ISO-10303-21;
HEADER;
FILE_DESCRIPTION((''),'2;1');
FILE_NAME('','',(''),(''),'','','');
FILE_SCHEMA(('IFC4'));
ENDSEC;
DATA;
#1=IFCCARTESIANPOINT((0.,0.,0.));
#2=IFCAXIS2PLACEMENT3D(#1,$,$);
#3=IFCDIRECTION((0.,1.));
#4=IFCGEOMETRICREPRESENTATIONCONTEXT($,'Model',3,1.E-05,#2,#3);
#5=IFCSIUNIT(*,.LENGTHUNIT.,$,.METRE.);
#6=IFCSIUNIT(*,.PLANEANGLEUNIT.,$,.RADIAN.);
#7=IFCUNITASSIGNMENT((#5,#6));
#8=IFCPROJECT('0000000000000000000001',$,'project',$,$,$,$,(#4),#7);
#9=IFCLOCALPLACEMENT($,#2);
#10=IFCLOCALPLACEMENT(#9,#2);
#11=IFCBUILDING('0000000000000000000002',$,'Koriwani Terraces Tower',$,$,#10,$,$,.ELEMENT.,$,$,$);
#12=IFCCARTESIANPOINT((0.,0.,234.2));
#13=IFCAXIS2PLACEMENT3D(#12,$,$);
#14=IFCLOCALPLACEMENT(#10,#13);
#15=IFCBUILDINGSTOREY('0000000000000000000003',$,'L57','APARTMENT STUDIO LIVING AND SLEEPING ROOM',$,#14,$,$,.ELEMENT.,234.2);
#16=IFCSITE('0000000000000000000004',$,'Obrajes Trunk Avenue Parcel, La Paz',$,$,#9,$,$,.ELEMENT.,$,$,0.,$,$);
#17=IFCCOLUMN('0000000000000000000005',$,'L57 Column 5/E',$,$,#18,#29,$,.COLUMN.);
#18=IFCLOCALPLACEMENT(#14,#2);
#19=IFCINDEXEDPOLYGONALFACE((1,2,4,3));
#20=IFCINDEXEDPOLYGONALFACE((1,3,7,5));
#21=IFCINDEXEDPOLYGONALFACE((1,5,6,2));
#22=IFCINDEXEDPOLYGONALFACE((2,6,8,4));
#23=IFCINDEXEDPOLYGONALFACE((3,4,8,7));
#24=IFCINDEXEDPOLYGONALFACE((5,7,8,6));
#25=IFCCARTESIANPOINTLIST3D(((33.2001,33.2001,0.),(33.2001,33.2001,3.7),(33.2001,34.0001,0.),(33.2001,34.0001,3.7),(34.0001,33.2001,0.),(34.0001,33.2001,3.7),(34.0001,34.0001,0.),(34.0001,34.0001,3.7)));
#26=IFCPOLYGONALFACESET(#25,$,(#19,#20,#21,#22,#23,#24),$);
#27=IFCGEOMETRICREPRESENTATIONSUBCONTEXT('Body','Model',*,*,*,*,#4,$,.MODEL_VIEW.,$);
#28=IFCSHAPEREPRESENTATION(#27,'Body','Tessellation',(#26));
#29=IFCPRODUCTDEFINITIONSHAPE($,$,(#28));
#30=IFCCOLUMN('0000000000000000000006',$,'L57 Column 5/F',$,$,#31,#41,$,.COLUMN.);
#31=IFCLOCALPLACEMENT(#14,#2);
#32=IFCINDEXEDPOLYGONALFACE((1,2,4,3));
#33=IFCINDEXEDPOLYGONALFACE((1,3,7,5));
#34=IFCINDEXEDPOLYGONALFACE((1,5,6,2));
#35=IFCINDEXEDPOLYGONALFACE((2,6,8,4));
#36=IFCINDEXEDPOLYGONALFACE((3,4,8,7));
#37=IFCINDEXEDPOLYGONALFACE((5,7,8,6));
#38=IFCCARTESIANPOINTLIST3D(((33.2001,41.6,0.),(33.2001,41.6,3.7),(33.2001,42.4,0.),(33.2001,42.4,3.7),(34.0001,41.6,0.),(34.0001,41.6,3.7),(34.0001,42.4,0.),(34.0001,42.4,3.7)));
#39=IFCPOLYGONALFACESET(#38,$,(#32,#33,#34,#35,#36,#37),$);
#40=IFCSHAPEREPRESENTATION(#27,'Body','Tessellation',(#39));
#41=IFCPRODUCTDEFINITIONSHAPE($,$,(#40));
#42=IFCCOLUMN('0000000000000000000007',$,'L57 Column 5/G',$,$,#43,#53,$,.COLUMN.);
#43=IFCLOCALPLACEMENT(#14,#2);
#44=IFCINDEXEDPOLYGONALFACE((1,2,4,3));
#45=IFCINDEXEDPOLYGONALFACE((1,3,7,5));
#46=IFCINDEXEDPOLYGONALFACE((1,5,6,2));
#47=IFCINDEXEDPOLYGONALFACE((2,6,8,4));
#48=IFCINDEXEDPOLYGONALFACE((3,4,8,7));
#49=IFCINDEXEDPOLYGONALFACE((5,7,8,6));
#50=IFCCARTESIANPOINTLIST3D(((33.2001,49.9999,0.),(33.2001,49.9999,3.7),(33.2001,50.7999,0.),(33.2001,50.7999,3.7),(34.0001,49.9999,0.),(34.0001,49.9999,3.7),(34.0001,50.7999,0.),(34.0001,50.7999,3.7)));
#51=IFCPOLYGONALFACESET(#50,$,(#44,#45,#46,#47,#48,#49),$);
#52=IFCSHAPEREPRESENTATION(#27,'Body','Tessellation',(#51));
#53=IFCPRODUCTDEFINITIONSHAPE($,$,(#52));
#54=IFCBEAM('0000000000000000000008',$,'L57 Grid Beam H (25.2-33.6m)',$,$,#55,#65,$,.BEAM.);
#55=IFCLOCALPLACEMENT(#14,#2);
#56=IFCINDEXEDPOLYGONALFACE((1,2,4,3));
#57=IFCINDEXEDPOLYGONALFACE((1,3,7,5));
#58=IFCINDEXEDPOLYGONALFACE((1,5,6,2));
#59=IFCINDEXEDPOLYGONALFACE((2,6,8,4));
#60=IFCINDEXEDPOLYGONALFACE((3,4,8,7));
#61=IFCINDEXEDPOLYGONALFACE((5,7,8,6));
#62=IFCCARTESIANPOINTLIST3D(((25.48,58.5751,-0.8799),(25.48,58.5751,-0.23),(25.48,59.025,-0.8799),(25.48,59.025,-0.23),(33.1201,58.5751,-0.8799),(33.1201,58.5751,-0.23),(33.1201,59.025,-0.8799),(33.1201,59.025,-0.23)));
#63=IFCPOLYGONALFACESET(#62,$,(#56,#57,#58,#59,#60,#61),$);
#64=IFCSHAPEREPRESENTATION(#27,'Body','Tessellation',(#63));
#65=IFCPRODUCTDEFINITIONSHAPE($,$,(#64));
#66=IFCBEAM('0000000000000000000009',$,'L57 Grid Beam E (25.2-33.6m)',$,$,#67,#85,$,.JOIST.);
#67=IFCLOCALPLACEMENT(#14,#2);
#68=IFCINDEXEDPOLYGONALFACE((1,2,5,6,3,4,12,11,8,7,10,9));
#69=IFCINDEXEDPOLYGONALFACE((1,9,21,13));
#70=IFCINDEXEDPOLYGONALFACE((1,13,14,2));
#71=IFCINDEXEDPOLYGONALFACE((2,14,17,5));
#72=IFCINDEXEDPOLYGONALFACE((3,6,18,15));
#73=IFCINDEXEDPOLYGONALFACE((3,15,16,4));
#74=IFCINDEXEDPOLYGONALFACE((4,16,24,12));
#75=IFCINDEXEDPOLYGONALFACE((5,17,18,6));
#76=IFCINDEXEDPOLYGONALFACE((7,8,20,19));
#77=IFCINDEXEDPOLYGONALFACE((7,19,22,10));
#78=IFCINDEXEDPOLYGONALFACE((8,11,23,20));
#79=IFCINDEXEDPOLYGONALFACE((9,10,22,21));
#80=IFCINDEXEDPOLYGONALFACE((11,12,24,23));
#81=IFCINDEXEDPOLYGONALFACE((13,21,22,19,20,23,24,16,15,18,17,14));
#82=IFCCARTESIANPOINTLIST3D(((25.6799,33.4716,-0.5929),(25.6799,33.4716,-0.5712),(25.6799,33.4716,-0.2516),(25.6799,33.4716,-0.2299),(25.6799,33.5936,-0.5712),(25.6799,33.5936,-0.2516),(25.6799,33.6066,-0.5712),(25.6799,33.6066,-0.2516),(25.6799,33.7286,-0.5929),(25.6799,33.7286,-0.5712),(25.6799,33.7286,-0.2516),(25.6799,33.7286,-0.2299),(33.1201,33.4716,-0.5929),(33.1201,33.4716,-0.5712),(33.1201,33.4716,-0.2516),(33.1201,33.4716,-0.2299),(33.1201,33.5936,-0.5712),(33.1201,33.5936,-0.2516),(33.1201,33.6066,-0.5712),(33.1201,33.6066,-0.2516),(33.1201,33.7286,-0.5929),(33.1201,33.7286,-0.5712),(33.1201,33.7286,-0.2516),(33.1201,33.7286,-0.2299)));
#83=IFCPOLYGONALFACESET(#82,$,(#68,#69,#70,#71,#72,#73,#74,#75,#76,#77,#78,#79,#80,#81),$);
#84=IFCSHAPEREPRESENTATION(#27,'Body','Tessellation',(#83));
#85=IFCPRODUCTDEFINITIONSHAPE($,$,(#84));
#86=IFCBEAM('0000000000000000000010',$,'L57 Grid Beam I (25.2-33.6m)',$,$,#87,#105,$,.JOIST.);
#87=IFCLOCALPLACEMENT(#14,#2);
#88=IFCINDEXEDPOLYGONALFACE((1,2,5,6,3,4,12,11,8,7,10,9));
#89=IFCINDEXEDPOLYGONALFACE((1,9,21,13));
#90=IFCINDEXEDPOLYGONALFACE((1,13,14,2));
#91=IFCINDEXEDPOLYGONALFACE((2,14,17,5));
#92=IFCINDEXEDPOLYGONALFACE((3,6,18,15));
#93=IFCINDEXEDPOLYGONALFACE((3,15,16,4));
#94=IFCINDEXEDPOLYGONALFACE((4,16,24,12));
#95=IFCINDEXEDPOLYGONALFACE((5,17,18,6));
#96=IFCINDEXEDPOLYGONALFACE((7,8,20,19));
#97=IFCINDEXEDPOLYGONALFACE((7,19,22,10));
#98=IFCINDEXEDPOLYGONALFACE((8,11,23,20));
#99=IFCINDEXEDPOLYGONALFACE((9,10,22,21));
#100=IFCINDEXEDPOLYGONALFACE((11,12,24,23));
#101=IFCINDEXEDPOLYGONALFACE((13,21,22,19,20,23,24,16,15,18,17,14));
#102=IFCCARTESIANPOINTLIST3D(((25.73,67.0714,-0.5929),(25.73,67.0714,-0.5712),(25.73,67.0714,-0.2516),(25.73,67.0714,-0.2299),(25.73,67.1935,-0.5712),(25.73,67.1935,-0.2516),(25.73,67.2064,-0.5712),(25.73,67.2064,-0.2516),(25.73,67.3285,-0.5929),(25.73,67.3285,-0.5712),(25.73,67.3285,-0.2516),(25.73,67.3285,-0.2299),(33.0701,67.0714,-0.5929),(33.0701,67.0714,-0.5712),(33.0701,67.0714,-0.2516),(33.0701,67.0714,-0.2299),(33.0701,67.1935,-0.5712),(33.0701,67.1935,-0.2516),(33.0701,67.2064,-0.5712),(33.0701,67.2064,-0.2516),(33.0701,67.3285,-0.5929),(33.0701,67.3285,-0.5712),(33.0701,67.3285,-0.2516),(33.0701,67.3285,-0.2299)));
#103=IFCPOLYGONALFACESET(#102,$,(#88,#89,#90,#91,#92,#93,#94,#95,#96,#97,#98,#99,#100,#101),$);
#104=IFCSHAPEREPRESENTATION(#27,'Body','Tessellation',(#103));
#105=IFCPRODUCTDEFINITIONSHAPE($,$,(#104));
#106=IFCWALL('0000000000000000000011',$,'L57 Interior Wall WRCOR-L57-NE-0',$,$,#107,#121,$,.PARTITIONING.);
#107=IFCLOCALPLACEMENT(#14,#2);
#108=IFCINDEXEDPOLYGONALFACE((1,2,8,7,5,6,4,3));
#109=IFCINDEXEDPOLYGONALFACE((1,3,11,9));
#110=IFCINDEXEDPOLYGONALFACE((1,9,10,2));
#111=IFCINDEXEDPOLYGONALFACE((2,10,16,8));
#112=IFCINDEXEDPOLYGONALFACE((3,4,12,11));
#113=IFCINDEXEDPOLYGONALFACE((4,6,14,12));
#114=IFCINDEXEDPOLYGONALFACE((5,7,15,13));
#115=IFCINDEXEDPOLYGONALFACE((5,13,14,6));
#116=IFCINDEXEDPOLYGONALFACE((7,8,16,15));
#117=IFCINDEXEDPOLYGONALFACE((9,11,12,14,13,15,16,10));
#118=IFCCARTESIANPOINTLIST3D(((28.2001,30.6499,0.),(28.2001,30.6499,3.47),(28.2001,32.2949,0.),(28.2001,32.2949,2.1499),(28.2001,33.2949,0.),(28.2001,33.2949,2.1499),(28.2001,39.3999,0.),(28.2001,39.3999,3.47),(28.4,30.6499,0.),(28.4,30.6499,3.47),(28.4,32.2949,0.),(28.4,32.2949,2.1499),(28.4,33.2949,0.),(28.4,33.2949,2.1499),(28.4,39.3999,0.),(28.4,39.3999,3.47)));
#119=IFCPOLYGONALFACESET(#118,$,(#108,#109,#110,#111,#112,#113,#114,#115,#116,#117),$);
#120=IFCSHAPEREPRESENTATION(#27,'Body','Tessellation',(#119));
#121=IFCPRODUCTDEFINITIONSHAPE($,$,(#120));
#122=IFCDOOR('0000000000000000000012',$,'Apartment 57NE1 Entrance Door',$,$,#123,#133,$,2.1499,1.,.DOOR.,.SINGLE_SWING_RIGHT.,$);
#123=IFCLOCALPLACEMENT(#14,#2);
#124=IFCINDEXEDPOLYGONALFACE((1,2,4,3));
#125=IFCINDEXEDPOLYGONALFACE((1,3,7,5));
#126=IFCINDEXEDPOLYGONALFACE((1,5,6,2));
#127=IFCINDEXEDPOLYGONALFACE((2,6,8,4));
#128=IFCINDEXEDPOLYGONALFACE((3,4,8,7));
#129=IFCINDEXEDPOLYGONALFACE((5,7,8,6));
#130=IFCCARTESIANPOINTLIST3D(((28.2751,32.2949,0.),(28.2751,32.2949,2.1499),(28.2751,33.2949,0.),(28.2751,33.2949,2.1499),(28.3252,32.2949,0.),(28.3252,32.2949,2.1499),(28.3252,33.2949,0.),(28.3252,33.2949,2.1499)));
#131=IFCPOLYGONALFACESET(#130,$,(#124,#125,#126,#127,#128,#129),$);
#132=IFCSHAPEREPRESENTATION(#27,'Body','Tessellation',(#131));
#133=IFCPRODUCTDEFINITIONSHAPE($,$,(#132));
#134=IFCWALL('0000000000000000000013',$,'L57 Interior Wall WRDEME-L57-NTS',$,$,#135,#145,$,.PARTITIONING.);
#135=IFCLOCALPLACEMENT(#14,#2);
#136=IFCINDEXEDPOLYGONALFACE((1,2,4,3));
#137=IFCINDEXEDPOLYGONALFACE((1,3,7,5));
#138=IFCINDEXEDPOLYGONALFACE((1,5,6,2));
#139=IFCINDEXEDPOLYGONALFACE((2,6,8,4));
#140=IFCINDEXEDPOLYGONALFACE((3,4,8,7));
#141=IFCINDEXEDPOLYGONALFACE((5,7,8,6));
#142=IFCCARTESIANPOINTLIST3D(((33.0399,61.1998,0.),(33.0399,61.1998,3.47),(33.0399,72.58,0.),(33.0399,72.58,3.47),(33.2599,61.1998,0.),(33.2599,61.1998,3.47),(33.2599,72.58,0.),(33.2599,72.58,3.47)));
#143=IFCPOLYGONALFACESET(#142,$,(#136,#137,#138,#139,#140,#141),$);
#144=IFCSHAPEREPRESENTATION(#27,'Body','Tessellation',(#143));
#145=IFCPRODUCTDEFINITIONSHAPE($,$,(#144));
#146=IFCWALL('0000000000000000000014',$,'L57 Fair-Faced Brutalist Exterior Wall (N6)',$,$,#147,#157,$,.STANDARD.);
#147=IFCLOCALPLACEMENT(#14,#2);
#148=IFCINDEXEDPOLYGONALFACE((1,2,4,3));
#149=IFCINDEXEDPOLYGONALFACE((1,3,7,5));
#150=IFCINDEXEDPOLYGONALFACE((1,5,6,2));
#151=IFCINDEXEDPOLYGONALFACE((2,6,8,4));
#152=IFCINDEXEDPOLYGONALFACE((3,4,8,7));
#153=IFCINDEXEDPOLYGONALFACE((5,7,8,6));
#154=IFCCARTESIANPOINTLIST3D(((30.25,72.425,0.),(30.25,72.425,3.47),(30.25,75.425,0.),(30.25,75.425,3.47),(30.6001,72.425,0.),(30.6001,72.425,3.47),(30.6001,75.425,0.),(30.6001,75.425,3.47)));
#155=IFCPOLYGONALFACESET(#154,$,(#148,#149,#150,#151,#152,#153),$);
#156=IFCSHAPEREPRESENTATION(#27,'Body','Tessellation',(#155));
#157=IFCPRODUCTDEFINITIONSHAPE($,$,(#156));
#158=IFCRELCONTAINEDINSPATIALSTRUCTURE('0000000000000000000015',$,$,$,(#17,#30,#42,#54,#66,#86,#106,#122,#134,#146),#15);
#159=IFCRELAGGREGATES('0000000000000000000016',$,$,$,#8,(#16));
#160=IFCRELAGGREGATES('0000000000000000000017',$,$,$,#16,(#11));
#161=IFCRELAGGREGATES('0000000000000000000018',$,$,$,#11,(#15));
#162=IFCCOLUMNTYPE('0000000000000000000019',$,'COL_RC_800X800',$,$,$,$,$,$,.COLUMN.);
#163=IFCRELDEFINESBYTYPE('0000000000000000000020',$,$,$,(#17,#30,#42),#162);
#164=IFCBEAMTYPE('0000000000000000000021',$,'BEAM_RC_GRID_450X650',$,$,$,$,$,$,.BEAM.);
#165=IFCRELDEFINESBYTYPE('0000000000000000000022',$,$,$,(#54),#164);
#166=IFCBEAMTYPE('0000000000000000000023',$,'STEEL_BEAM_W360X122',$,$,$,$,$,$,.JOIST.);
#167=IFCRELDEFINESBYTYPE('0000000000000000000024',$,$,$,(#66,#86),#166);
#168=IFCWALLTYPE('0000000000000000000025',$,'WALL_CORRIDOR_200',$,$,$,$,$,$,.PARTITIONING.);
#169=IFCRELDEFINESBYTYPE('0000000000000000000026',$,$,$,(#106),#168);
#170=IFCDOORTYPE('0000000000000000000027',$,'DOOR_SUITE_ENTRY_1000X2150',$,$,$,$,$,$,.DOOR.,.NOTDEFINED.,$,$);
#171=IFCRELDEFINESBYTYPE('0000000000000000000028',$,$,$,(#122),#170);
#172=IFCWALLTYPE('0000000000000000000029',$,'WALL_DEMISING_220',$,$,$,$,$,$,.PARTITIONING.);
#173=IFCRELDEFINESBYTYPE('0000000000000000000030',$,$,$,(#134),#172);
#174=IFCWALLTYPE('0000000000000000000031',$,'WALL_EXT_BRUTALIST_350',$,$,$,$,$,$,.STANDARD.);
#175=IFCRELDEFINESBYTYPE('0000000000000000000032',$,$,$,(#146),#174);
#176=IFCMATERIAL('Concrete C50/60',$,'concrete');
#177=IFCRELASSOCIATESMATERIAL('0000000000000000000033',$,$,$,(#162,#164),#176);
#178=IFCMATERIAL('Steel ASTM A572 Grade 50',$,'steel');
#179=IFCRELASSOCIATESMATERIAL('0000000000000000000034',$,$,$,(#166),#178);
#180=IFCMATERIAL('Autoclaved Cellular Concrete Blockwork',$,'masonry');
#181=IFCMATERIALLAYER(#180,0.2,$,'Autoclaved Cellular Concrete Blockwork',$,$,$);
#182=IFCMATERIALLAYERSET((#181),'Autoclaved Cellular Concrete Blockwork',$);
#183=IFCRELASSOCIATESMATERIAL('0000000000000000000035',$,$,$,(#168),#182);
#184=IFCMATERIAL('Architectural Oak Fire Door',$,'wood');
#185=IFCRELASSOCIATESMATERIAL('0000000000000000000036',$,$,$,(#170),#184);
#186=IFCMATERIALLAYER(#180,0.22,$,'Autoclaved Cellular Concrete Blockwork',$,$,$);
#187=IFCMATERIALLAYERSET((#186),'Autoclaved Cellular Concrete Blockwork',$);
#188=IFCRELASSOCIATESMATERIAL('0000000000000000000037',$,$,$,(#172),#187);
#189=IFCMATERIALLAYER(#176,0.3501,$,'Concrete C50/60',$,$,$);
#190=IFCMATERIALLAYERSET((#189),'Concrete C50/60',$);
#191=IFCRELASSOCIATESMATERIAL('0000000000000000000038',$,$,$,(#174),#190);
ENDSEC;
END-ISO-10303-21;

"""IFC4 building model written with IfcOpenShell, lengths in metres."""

from ifc_helpers import new_model, si_unit, direction, frame, frame_2d, origin, origin_2d, place, context, subcontext, project, spatial, rectangle, i_section, extrude, material, layer, layer_set, material_profile, profile_set, type_object, element, fill, save


model = new_model("IFC4")

# Units and contexts
model_context = context("Model", 3, precision=1e-05, world=origin(), true_north=direction((0.0, 1.0)))
body_context = subcontext(model_context, "Body", "Model", "MODEL_VIEW")
ifc_project = project(units=[si_unit("LENGTHUNIT", "METRE"), si_unit("PLANEANGLEUNIT", "RADIAN")], contexts=[model_context])

# Site, building, storey
site_placement = place(None, origin())
site = spatial("IfcSite", under=ifc_project, at=site_placement, Name="Obrajes Trunk Avenue Parcel, La Paz", CompositionType="ELEMENT", RefElevation=0.0)
building_placement = place(site_placement, origin())
building = spatial("IfcBuilding", under=site, at=building_placement, Name="Koriwani Terraces Tower", CompositionType="ELEMENT")
storey_placement = place(building_placement, frame((0.0, 0.0, 234.2)))
storey = spatial("IfcBuildingStorey", under=building, at=storey_placement, Name="L57", Description="APARTMENT STUDIO LIVING AND SLEEPING ROOM", CompositionType="ELEMENT", Elevation=234.2)

# Columns
ifc_material_1 = material(Name="Concrete C50/60", Category="concrete")
ifc_material_profile_1 = material_profile(ifc_material_1, rectangle(XDim=0.8, YDim=0.8, at=origin_2d()), Name="Concrete C50/60", Category="LoadBearing")
ifc_profile_set_1 = profile_set([ifc_material_profile_1], Name="Concrete C50/60")
column_type = type_object("IfcColumnType", Name="COL_RC_800X800", PredefinedType="COLUMN", material=ifc_profile_set_1)
for number, where, z_axis, x_axis, name in (
    (1, (33.6001, 33.6001, 0.0), (0.0, 0.0, 1.0), (1.0, 0.0, 0.0), "L57 Column 5/E"),
    (2, (33.6001, 42.0, 0.0), (0.0, 0.0, 1.0), (1.0, 0.0, 0.0), "L57 Column 5/F"),
    (3, (33.6001, 50.3999, 0.0), (0.0, 0.0, 1.0), (1.0, 0.0, 0.0), "L57 Column 5/G"),
):
    element("IfcColumn", number, at=place(storey_placement, frame(where, z_axis=z_axis, x_axis=x_axis)), inside=storey, type_object=column_type, Name=name, PredefinedType="COLUMN", context=body_context, shape_type="SweptSolid", body=[
        extrude(rectangle(XDim=0.8, YDim=0.8, at=origin_2d()), origin(), (0.0, 0.0, 1.0), 3.7),
    ])

# Beams
ifc_material_profile_2 = material_profile(ifc_material_1, rectangle(XDim=0.45, YDim=0.6499, at=origin_2d()), Name="Concrete C50/60", Category="LoadBearing")
ifc_profile_set_2 = profile_set([ifc_material_profile_2], Name="Concrete C50/60")
beam_type_1 = type_object("IfcBeamType", Name="BEAM_RC_GRID_450X650", PredefinedType="BEAM", material=ifc_profile_set_2)
beam_1_placement = place(storey_placement, frame((25.48, 58.8, -0.5549), z_axis=(1.0, 0.0, 0.0), x_axis=(0.0, 1.0, 0.0)))
element("IfcBeam", 4, at=beam_1_placement, inside=storey, type_object=beam_type_1, Name="L57 Grid Beam H (25.2-33.6m)", PredefinedType="BEAM", context=body_context, shape_type="SweptSolid", body=[
    extrude(rectangle(XDim=0.45, YDim=0.6499, at=origin_2d()), origin(), (0.0, 0.0, 1.0), 7.6401),
])
ifc_material_2 = material(Name="Steel ASTM A572 Grade 50", Category="steel")
ifc_material_profile_3 = material_profile(ifc_material_2, i_section(OverallWidth=0.2571, OverallDepth=0.363, WebThickness=0.0129, FlangeThickness=0.0217, at=origin_2d()), Name="Steel ASTM A572 Grade 50", Category="LoadBearing")
ifc_profile_set_3 = profile_set([ifc_material_profile_3], Name="Steel ASTM A572 Grade 50")
beam_type_2 = type_object("IfcBeamType", Name="STEEL_BEAM_W360X122", PredefinedType="JOIST", material=ifc_profile_set_3)
beam_2_placement = place(storey_placement, frame((25.6799, 33.6001, -0.4114), z_axis=(1.0, 0.0, 0.0), x_axis=(0.0, 1.0, 0.0)))
element("IfcBeam", 5, at=beam_2_placement, inside=storey, type_object=beam_type_2, Name="L57 Grid Beam E (25.2-33.6m)", PredefinedType="JOIST", context=body_context, shape_type="SweptSolid", body=[
    extrude(i_section(OverallWidth=0.2571, OverallDepth=0.363, WebThickness=0.0129, FlangeThickness=0.0217, at=origin_2d()), origin(), (0.0, 0.0, 1.0), 7.4402),
])
beam_3_placement = place(storey_placement, frame((25.73, 67.2, -0.4114), z_axis=(1.0, 0.0, 0.0), x_axis=(0.0, 1.0, 0.0)))
element("IfcBeam", 6, at=beam_3_placement, inside=storey, type_object=beam_type_2, Name="L57 Grid Beam I (25.2-33.6m)", PredefinedType="JOIST", context=body_context, shape_type="SweptSolid", body=[
    extrude(i_section(OverallWidth=0.2571, OverallDepth=0.363, WebThickness=0.0129, FlangeThickness=0.0217, at=origin_2d()), origin(), (0.0, 0.0, 1.0), 7.3401),
])

# Wall, opening, door
ifc_material_3 = material(Name="Autoclaved Cellular Concrete Blockwork", Category="masonry")
ifc_layer_1 = layer(ifc_material_3, 0.2, Name="Autoclaved Cellular Concrete Blockwork")
ifc_layer_set_1 = layer_set([ifc_layer_1], Name="Autoclaved Cellular Concrete Blockwork")
wall_type_1 = type_object("IfcWallType", Name="WALL_CORRIDOR_200", PredefinedType="PARTITIONING", material=ifc_layer_set_1)
wall_1_placement = place(storey_placement, frame((28.3, 30.6499, 0.0), z_axis=(0.0, 0.0, 1.0), x_axis=(0.0, 1.0, 0.0)))
wall_1 = element("IfcWall", 7, at=wall_1_placement, inside=storey, type_object=wall_type_1, Name="L57 Interior Wall WRCOR-L57-NE-0", PredefinedType="PARTITIONING", context=body_context, shape_type="SweptSolid", body=[
    extrude(rectangle(XDim=8.75, YDim=0.2, at=frame_2d((4.375, 0.0))), origin(), (0.0, 0.0, 1.0), 3.47),
])
opening_1_placement = place(wall_1_placement, frame((1.645, 0.0, 0.0)))
opening_1 = element("IfcOpeningElement", 8, at=opening_1_placement, cuts=wall_1, PredefinedType="OPENING", context=body_context, shape_type="SweptSolid", body=[
    extrude(rectangle(XDim=1.0, YDim=2.1499, at=frame_2d((0.5, 1.075))), frame((0.0, 0.1099, 0.0), z_axis=(0.0, -1.0, 0.0), x_axis=(1.0, 0.0, 0.0)), (0.0, 0.0, 1.0), 0.22),
])
ifc_material_4 = material(Name="Architectural Oak Fire Door", Category="wood")
door_type_1 = type_object("IfcDoorType", Name="DOOR_SUITE_ENTRY_1000X2150", OperationType="NOTDEFINED", PredefinedType="DOOR", material=ifc_material_4)
door_1_placement = place(opening_1_placement, origin())
door_1 = element("IfcDoor", 9, at=door_1_placement, inside=storey, type_object=door_type_1, Name="Apartment 57NE1 Entrance Door", OperationType="SINGLE_SWING_RIGHT", OverallHeight=2.1499, OverallWidth=1.0, PredefinedType="DOOR", context=body_context, shape_type="SweptSolid", body=[
    extrude(rectangle(XDim=1.0, YDim=2.1499, at=frame_2d((0.5, 1.075))), frame((0.0, 0.0249, 0.0), z_axis=(0.0, -1.0, 0.0), x_axis=(1.0, 0.0, 0.0)), (0.0, 0.0, 1.0), 0.05),
])
fill(opening_1, door_1)

# Walls
ifc_layer_2 = layer(ifc_material_3, 0.22, Name="Autoclaved Cellular Concrete Blockwork")
ifc_layer_set_2 = layer_set([ifc_layer_2], Name="Autoclaved Cellular Concrete Blockwork")
wall_type_2 = type_object("IfcWallType", Name="WALL_DEMISING_220", PredefinedType="PARTITIONING", material=ifc_layer_set_2)
wall_2_placement = place(storey_placement, frame((33.1499, 61.2, 0.0), z_axis=(0.0, 0.0, 1.0), x_axis=(0.0, 1.0, 0.0)))
element("IfcWall", 10, at=wall_2_placement, inside=storey, type_object=wall_type_2, Name="L57 Interior Wall WRDEME-L57-NTS", PredefinedType="PARTITIONING", context=body_context, shape_type="SweptSolid", body=[
    extrude(rectangle(XDim=11.3801, YDim=0.22, at=frame_2d((5.6899, 0.0))), origin(), (0.0, 0.0, 1.0), 3.47),
])
ifc_layer_3 = layer(ifc_material_1, 0.3501, Name="Concrete C50/60")
ifc_layer_set_3 = layer_set([ifc_layer_3], Name="Concrete C50/60")
wall_type_3 = type_object("IfcWallType", Name="WALL_EXT_BRUTALIST_350", PredefinedType="STANDARD", material=ifc_layer_set_3)
wall_3_placement = place(storey_placement, frame((30.425, 75.425, 0.0), z_axis=(0.0, 0.0, 1.0), x_axis=(0.0, -1.0, 0.0)))
element("IfcWall", 11, at=wall_3_placement, inside=storey, type_object=wall_type_3, Name="L57 Fair-Faced Brutalist Exterior Wall (N6)", PredefinedType="STANDARD", context=body_context, shape_type="SweptSolid", body=[
    extrude(rectangle(XDim=3.0, YDim=0.3501, at=frame_2d((1.5, 0.0))), origin(), (0.0, 0.0, 1.0), 3.47),
])

save(model, "model.ifc")
